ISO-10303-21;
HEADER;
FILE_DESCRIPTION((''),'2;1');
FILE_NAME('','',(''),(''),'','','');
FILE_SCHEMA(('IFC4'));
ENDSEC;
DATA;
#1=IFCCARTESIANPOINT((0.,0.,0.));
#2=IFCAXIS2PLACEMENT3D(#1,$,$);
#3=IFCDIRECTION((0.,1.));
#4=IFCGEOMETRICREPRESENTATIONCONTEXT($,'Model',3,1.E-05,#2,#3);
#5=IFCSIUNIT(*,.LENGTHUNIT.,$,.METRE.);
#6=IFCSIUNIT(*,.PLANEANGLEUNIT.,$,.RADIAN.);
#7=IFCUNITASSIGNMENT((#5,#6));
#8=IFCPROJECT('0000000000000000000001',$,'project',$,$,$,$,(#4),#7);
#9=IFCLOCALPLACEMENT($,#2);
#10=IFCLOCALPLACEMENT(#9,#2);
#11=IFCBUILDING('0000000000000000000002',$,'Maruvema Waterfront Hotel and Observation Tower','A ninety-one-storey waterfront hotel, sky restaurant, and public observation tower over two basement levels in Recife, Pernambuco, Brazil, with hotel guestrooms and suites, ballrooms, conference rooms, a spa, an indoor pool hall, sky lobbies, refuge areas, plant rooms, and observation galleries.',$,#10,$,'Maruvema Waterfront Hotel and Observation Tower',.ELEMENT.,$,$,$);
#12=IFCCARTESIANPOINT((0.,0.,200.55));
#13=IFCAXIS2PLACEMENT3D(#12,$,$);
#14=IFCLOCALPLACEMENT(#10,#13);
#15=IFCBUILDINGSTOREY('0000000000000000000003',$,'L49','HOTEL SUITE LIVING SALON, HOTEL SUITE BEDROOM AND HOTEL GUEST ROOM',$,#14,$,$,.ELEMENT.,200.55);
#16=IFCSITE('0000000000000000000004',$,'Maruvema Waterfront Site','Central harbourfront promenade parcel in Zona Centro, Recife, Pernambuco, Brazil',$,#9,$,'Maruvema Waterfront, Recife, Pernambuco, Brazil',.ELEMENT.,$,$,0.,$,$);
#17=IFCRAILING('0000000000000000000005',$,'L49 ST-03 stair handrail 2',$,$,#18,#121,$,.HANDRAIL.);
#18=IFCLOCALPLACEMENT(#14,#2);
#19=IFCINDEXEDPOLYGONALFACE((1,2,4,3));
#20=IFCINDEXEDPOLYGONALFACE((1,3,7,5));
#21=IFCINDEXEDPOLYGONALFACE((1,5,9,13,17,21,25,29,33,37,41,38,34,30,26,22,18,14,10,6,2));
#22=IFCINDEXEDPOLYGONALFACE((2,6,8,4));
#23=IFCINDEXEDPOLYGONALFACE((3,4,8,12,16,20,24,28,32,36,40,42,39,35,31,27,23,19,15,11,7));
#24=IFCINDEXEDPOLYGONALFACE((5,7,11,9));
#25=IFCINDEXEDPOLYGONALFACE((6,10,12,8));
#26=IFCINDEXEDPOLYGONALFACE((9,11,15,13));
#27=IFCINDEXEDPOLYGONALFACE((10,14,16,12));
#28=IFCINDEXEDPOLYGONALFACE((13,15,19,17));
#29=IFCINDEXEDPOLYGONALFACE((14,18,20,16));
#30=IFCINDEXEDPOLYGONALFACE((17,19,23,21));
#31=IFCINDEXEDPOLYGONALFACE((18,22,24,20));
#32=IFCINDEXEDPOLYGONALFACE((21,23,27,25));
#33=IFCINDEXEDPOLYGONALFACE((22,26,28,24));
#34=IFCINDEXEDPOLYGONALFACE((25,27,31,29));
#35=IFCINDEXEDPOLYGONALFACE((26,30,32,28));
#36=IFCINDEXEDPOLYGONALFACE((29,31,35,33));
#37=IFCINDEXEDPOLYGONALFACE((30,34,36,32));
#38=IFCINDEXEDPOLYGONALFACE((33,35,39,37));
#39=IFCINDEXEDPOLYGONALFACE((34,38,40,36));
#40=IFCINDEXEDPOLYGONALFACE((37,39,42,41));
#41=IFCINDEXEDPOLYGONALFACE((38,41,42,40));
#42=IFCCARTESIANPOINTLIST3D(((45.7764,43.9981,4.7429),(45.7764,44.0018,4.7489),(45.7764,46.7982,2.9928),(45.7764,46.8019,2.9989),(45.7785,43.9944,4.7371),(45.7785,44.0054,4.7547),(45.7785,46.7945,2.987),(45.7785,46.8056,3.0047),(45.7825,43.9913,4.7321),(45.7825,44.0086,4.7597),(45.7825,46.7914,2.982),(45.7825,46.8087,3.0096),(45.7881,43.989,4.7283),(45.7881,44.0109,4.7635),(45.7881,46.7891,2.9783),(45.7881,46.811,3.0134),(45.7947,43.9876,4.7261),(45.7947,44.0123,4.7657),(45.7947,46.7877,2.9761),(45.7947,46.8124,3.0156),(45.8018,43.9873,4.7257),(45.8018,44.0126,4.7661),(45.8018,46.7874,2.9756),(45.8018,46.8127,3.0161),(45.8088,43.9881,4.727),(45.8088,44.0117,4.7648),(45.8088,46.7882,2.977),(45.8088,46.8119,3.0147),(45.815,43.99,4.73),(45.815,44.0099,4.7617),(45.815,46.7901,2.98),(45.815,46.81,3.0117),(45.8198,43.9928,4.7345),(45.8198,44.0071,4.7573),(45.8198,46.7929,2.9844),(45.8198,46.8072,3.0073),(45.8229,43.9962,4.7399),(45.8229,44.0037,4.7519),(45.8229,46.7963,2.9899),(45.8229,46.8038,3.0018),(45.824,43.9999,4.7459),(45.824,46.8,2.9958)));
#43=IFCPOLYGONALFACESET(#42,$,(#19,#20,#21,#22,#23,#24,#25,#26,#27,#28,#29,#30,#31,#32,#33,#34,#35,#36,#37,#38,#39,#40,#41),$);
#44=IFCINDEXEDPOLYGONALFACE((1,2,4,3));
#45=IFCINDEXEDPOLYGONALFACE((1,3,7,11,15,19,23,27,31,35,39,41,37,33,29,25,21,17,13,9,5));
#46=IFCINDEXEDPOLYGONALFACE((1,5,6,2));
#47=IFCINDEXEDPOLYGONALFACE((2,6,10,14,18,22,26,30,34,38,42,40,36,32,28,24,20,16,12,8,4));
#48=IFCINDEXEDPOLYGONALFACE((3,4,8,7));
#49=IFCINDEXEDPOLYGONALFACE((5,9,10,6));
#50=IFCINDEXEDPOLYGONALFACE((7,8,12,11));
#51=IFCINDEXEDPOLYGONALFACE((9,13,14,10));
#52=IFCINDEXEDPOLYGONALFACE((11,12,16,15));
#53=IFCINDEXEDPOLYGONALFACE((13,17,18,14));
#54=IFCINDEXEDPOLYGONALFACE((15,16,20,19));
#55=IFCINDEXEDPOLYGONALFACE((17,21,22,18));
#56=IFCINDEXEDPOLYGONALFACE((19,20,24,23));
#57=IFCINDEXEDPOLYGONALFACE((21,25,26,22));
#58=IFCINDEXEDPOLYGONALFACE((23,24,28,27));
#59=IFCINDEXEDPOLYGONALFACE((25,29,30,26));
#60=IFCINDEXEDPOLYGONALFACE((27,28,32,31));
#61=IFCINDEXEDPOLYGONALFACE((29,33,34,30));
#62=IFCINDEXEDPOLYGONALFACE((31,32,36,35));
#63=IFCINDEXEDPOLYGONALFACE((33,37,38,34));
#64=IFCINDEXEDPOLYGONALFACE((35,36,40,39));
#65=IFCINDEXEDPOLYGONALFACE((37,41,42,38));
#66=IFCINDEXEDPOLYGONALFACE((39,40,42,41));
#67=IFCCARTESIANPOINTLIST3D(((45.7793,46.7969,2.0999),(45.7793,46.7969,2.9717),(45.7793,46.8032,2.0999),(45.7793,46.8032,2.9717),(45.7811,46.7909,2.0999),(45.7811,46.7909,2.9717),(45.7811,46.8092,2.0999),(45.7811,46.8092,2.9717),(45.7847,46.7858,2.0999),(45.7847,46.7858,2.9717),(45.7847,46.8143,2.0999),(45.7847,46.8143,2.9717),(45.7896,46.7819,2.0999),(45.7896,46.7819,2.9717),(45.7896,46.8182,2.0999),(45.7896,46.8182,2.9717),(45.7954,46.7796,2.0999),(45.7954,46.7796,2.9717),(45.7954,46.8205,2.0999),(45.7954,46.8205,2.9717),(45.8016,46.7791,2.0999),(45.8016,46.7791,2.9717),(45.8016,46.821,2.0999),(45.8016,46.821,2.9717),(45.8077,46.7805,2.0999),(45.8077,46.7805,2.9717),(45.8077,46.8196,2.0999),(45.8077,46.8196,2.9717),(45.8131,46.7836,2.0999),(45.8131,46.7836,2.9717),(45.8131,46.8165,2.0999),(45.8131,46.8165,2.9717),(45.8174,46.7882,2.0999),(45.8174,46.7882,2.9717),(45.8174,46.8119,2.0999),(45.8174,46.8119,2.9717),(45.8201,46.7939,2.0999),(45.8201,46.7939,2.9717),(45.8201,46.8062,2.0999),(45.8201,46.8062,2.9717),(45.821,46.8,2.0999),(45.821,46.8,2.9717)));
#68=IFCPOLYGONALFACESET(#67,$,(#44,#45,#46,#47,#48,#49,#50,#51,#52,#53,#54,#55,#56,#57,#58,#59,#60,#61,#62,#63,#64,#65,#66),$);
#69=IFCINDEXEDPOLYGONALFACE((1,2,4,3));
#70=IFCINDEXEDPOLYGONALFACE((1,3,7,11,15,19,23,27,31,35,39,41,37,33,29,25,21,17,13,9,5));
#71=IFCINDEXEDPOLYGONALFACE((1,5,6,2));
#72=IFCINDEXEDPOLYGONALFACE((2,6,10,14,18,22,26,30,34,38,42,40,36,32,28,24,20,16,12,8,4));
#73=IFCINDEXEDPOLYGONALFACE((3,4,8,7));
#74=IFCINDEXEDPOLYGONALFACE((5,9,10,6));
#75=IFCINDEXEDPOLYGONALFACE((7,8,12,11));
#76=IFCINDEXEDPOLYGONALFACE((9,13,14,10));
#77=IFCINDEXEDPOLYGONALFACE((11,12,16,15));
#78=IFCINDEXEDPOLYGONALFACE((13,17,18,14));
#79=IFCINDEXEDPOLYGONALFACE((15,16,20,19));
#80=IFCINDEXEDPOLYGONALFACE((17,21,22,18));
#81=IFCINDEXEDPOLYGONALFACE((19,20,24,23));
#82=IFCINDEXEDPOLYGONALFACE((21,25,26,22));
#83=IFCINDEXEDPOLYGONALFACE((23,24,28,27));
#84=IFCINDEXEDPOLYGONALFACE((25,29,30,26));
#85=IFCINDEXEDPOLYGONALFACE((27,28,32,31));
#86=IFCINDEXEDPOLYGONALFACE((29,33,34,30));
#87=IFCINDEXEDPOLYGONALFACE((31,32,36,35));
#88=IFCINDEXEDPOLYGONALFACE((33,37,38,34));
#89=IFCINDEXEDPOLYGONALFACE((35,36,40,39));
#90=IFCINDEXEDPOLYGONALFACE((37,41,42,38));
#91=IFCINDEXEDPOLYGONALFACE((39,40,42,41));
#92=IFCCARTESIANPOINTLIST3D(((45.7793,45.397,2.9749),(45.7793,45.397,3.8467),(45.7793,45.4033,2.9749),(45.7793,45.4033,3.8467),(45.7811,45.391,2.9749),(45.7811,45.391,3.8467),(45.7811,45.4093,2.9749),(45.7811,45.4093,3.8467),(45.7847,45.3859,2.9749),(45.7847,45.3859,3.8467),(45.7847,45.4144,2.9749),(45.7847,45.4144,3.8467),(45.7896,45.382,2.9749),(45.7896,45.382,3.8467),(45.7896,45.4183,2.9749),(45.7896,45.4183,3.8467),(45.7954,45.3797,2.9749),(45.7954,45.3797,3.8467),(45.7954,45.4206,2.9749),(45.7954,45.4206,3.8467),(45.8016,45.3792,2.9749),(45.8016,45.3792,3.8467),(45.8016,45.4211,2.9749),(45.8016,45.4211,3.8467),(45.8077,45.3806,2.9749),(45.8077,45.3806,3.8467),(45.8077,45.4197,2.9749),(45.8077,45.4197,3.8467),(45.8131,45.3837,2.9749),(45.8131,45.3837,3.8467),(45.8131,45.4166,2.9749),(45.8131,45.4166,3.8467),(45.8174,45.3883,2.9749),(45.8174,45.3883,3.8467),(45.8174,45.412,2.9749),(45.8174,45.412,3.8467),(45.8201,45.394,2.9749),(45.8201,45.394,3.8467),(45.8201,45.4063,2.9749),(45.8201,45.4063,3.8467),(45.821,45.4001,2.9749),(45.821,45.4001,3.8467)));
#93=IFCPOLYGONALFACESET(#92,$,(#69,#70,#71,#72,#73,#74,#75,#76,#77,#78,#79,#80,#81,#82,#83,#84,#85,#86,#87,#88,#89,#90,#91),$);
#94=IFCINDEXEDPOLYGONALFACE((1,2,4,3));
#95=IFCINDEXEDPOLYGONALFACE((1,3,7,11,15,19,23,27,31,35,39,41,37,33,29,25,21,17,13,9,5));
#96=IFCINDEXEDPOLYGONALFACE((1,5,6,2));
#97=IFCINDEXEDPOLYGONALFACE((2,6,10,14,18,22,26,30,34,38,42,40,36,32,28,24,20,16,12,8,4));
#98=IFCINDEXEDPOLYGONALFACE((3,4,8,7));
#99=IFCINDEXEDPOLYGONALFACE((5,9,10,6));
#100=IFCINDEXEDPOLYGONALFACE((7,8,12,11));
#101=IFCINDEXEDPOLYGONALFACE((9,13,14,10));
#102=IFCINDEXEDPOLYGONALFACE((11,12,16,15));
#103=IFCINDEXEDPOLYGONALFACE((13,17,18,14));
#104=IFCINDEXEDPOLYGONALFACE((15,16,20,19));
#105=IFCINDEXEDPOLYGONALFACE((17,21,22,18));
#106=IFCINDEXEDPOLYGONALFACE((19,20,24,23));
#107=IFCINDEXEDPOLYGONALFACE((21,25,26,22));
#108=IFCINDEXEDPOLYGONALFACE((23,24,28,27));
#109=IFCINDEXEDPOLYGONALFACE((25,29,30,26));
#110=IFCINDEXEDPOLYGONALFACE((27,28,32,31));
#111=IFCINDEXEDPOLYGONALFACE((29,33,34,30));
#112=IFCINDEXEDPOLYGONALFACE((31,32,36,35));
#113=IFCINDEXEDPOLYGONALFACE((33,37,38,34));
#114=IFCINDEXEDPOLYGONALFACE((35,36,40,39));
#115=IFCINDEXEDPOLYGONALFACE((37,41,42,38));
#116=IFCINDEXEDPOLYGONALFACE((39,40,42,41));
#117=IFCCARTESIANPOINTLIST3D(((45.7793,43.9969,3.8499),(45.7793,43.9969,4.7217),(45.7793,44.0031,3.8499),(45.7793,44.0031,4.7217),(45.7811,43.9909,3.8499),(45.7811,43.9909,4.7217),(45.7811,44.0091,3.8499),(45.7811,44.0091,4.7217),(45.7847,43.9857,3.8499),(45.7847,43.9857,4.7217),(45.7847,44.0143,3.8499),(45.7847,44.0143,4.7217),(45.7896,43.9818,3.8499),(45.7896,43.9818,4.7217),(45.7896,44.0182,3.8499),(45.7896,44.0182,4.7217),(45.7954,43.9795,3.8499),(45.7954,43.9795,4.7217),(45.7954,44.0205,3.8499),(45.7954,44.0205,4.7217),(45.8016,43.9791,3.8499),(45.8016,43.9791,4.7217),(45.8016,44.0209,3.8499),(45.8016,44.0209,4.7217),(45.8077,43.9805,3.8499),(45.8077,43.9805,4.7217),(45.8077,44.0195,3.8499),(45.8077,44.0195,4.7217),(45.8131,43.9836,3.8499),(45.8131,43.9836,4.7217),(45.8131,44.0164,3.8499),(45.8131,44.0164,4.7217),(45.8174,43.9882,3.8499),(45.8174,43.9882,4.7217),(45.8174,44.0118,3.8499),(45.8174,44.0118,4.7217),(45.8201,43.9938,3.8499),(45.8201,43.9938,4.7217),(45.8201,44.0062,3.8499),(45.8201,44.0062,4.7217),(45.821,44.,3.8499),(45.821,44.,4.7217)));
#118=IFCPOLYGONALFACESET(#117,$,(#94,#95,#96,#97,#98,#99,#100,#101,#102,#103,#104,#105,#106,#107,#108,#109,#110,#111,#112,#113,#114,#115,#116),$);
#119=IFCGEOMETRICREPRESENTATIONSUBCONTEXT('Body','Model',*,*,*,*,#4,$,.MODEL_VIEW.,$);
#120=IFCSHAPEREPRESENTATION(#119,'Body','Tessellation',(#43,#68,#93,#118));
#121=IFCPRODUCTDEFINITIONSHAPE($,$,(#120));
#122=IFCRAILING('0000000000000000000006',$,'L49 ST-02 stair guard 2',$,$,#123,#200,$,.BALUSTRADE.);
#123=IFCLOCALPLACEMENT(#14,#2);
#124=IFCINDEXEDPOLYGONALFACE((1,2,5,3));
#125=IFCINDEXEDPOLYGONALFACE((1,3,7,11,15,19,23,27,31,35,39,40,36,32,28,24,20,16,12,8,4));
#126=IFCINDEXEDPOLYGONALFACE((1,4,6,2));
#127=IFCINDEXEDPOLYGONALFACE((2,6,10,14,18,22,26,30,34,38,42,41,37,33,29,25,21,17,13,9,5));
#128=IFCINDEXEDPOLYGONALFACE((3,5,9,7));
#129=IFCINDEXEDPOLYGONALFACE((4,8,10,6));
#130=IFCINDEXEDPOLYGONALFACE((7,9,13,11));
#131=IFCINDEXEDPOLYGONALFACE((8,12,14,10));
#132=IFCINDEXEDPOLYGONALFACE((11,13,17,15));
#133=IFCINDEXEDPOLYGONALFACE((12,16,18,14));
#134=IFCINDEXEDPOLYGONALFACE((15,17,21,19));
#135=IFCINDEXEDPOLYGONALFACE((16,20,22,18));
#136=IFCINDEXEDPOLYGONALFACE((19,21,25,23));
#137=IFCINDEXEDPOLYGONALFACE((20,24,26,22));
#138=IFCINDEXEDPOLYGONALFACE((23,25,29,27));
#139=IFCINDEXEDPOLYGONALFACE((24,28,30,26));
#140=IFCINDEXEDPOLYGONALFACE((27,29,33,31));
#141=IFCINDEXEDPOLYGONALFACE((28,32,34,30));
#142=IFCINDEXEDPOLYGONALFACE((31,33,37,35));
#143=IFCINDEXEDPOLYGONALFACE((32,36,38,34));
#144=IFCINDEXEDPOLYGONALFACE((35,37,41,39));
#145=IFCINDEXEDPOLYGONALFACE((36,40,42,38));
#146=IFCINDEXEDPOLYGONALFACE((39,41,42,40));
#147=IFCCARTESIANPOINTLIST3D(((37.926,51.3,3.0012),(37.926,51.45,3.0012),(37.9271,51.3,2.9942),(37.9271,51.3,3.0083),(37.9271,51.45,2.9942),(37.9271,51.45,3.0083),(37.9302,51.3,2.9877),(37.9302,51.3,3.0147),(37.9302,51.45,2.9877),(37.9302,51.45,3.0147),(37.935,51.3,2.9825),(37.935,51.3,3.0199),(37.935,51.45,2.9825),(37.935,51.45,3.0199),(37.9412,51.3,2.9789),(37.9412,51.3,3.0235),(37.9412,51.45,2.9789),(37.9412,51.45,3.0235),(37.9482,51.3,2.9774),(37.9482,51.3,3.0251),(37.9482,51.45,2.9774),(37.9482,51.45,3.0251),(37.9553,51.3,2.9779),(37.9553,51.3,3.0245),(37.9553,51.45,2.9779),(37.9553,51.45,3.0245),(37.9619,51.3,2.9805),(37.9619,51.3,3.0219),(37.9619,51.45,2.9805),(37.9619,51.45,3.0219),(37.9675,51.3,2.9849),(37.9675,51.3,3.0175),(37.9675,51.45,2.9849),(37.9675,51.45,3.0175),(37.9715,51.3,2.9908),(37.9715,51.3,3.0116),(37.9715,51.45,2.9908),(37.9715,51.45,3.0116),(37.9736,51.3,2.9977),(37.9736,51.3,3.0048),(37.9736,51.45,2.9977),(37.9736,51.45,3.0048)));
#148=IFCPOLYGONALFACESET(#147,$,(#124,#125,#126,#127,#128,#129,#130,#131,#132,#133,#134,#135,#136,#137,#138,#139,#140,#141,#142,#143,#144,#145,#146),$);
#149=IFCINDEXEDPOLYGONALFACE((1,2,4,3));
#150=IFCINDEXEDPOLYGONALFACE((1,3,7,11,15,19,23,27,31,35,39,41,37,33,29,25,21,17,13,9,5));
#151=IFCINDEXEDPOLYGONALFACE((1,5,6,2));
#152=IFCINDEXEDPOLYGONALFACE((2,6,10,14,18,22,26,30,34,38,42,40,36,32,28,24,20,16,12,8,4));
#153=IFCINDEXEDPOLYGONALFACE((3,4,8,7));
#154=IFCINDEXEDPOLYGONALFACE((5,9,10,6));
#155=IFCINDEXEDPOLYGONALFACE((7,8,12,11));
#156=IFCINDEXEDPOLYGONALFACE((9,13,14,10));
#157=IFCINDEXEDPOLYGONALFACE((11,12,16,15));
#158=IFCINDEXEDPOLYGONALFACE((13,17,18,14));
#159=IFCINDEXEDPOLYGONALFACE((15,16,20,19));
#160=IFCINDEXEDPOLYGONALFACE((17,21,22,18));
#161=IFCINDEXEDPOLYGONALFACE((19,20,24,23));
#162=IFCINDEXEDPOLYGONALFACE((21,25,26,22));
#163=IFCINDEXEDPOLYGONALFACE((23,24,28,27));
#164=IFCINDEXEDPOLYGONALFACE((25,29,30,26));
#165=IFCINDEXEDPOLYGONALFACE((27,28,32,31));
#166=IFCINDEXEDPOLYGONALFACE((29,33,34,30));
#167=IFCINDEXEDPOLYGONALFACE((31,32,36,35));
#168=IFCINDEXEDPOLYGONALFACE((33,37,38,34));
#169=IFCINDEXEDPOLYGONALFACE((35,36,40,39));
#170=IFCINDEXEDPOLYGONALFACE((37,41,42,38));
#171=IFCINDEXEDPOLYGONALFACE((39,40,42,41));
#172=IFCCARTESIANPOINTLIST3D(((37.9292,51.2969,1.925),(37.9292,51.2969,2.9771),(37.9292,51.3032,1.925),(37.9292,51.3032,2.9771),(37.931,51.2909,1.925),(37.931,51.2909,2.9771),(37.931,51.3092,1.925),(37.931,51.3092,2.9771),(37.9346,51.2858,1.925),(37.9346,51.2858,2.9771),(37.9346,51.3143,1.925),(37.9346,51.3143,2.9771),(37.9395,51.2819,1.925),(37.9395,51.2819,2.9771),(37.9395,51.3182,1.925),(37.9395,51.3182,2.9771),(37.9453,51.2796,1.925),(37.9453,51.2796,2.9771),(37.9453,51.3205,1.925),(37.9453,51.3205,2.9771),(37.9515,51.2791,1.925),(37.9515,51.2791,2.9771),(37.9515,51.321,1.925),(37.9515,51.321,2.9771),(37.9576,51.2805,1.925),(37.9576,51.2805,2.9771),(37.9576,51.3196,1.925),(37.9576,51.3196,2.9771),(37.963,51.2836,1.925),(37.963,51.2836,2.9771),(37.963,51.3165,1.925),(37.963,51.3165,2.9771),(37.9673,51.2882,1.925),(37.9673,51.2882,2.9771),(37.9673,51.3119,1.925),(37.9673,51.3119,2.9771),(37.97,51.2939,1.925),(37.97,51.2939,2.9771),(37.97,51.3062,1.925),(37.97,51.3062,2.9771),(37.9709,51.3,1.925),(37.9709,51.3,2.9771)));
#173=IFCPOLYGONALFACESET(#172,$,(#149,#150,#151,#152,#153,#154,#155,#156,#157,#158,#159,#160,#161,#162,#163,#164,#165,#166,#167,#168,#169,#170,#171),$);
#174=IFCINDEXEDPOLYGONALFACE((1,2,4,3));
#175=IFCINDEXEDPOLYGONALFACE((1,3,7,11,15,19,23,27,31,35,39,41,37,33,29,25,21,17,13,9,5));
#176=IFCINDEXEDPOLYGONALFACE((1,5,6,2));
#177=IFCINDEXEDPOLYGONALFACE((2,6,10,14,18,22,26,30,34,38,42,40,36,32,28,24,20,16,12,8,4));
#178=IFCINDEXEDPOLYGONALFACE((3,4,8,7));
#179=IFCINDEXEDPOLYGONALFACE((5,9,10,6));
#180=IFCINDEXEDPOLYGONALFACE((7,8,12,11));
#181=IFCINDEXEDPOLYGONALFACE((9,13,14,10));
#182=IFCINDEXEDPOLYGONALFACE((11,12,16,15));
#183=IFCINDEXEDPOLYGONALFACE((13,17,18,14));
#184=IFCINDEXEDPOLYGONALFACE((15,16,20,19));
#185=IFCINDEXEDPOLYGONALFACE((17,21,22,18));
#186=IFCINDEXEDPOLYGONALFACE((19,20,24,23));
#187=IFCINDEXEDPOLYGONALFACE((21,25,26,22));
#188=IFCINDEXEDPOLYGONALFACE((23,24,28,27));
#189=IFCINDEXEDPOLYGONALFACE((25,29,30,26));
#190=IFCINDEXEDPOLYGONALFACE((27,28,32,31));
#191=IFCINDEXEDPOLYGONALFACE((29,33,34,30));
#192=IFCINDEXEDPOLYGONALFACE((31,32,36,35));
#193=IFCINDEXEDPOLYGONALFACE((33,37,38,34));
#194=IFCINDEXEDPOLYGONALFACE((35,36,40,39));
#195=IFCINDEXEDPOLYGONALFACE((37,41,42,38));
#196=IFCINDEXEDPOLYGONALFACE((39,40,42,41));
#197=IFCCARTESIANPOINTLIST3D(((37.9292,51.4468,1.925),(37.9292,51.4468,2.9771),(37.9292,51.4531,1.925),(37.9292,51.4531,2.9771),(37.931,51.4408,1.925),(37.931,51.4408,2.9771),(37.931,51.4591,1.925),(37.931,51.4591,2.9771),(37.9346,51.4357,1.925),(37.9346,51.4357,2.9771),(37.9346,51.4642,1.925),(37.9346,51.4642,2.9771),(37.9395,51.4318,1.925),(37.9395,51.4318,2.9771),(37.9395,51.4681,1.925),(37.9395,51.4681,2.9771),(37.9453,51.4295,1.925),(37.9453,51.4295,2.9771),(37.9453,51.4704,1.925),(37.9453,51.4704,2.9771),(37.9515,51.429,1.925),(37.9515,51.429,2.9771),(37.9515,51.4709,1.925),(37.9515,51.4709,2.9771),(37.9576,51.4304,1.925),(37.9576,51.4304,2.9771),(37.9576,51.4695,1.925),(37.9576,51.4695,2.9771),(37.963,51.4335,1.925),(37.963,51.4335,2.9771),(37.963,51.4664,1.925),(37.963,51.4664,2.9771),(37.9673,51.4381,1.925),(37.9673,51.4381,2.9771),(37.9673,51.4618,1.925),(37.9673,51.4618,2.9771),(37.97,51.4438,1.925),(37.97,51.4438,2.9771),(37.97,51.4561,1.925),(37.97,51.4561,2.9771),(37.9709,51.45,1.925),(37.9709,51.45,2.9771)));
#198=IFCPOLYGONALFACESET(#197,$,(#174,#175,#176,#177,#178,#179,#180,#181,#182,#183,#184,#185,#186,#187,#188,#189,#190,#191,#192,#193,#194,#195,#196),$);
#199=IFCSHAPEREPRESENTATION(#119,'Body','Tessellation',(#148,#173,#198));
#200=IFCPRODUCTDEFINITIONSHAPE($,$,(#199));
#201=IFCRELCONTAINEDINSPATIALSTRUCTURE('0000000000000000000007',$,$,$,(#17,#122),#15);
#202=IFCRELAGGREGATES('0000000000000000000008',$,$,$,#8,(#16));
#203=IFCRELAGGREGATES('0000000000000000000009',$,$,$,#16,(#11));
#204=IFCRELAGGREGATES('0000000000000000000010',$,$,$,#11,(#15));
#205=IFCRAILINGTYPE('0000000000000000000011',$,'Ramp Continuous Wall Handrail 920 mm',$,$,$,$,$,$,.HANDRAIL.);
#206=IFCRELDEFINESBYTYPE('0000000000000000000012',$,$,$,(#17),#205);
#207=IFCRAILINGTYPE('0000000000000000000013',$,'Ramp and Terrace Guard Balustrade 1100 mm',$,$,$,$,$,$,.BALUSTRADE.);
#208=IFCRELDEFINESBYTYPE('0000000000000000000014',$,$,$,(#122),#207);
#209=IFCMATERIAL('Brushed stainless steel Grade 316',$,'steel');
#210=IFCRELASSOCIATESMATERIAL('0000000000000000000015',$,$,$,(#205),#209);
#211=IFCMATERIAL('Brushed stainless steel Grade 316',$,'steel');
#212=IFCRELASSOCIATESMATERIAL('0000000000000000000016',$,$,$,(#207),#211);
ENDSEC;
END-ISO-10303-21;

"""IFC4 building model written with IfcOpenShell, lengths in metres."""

from ifc_helpers import new_model, si_unit, direction, frame, origin, origin_2d, place, context, subcontext, project, spatial, circle, extrude, material, type_object, element, save


model = new_model("IFC4")

# Units and contexts
model_context = context("Model", 3, precision=1e-05, world=origin(), true_north=direction((0.0, 1.0)))
body_context = subcontext(model_context, "Body", "Model", "MODEL_VIEW")
ifc_project = project(units=[si_unit("LENGTHUNIT", "METRE"), si_unit("PLANEANGLEUNIT", "RADIAN")], contexts=[model_context])

# Site, building, storey
site_placement = place(None, origin())
site = spatial("IfcSite", under=ifc_project, at=site_placement, Name="Maruvema Waterfront Site", Description="Central harbourfront promenade parcel in Zona Centro, Recife, Pernambuco, Brazil", LongName="Maruvema Waterfront, Recife, Pernambuco, Brazil", CompositionType="ELEMENT", RefElevation=0.0)
building_placement = place(site_placement, origin())
building = spatial("IfcBuilding", under=site, at=building_placement, Name="Maruvema Waterfront Hotel and Observation Tower", Description="A ninety-one-storey waterfront hotel, sky restaurant, and public observation tower over two basement levels in Recife, Pernambuco, Brazil, with hotel guestrooms and suites, ballrooms, conference rooms, a spa, an indoor pool hall, sky lobbies, refuge areas, plant rooms, and observation galleries.", LongName="Maruvema Waterfront Hotel and Observation Tower", CompositionType="ELEMENT")
storey_placement = place(building_placement, frame((0.0, 0.0, 200.55)))
storey = spatial("IfcBuildingStorey", under=building, at=storey_placement, Name="L49", Description="HOTEL SUITE LIVING SALON, HOTEL SUITE BEDROOM AND HOTEL GUEST ROOM", CompositionType="ELEMENT", Elevation=200.55)

# Railings
ifc_material_1 = material(Name="Brushed stainless steel Grade 316", Category="steel")
railing_type_1 = type_object("IfcRailingType", Name="Ramp Continuous Wall Handrail 920 mm", PredefinedType="HANDRAIL", material=ifc_material_1)
railing_1_placement = place(storey_placement, frame((45.8, 46.8, 2.0999)))
element("IfcRailing", 1, at=railing_1_placement, inside=storey, type_object=railing_type_1, Name="L49 ST-03 stair handrail 2", PredefinedType="HANDRAIL", context=body_context, shape_type="SweptSolid", body=[
    extrude(circle(Radius=0.0239, at=origin_2d()), frame((0.0, 0.0, 0.896), z_axis=(0.0, -0.848002, 0.529992), x_axis=(1.0, 0.0, 0.0)), (0.0, 0.0, 1.0), 3.302),
    extrude(circle(Radius=0.021, at=origin_2d()), origin(), (0.0, 0.0, 1.0), 0.8718),
    extrude(circle(Radius=0.021, at=origin_2d()), frame((0.0, -1.3999, 0.875)), (0.0, 0.0, 1.0), 0.8718),
    extrude(circle(Radius=0.021, at=origin_2d()), frame((0.0, -2.8, 1.75)), (0.0, 0.0, 1.0), 0.8718),
])
ifc_material_2 = material(Name="Brushed stainless steel Grade 316", Category="steel")
railing_type_2 = type_object("IfcRailingType", Name="Ramp and Terrace Guard Balustrade 1100 mm", PredefinedType="BALUSTRADE", material=ifc_material_2)
railing_2_placement = place(storey_placement, frame((37.95, 51.3, 1.925)))
element("IfcRailing", 2, at=railing_2_placement, inside=storey, type_object=railing_type_2, Name="L49 ST-02 stair guard 2", PredefinedType="BALUSTRADE", context=body_context, shape_type="SweptSolid", body=[
    extrude(circle(Radius=0.0239, at=origin_2d()), frame((0.0, 0.0, 1.0762), z_axis=(0.0, 1.0, 0.0), x_axis=(-1.0, 0.0, 0.0)), (0.0, 0.0, 1.0), 0.1499),
    extrude(circle(Radius=0.021, at=origin_2d()), origin(), (0.0, 0.0, 1.0), 1.052),
    extrude(circle(Radius=0.021, at=origin_2d()), frame((0.0, 0.1499, 0.0)), (0.0, 0.0, 1.0), 1.052),
])

save(model, "model.ifc")
